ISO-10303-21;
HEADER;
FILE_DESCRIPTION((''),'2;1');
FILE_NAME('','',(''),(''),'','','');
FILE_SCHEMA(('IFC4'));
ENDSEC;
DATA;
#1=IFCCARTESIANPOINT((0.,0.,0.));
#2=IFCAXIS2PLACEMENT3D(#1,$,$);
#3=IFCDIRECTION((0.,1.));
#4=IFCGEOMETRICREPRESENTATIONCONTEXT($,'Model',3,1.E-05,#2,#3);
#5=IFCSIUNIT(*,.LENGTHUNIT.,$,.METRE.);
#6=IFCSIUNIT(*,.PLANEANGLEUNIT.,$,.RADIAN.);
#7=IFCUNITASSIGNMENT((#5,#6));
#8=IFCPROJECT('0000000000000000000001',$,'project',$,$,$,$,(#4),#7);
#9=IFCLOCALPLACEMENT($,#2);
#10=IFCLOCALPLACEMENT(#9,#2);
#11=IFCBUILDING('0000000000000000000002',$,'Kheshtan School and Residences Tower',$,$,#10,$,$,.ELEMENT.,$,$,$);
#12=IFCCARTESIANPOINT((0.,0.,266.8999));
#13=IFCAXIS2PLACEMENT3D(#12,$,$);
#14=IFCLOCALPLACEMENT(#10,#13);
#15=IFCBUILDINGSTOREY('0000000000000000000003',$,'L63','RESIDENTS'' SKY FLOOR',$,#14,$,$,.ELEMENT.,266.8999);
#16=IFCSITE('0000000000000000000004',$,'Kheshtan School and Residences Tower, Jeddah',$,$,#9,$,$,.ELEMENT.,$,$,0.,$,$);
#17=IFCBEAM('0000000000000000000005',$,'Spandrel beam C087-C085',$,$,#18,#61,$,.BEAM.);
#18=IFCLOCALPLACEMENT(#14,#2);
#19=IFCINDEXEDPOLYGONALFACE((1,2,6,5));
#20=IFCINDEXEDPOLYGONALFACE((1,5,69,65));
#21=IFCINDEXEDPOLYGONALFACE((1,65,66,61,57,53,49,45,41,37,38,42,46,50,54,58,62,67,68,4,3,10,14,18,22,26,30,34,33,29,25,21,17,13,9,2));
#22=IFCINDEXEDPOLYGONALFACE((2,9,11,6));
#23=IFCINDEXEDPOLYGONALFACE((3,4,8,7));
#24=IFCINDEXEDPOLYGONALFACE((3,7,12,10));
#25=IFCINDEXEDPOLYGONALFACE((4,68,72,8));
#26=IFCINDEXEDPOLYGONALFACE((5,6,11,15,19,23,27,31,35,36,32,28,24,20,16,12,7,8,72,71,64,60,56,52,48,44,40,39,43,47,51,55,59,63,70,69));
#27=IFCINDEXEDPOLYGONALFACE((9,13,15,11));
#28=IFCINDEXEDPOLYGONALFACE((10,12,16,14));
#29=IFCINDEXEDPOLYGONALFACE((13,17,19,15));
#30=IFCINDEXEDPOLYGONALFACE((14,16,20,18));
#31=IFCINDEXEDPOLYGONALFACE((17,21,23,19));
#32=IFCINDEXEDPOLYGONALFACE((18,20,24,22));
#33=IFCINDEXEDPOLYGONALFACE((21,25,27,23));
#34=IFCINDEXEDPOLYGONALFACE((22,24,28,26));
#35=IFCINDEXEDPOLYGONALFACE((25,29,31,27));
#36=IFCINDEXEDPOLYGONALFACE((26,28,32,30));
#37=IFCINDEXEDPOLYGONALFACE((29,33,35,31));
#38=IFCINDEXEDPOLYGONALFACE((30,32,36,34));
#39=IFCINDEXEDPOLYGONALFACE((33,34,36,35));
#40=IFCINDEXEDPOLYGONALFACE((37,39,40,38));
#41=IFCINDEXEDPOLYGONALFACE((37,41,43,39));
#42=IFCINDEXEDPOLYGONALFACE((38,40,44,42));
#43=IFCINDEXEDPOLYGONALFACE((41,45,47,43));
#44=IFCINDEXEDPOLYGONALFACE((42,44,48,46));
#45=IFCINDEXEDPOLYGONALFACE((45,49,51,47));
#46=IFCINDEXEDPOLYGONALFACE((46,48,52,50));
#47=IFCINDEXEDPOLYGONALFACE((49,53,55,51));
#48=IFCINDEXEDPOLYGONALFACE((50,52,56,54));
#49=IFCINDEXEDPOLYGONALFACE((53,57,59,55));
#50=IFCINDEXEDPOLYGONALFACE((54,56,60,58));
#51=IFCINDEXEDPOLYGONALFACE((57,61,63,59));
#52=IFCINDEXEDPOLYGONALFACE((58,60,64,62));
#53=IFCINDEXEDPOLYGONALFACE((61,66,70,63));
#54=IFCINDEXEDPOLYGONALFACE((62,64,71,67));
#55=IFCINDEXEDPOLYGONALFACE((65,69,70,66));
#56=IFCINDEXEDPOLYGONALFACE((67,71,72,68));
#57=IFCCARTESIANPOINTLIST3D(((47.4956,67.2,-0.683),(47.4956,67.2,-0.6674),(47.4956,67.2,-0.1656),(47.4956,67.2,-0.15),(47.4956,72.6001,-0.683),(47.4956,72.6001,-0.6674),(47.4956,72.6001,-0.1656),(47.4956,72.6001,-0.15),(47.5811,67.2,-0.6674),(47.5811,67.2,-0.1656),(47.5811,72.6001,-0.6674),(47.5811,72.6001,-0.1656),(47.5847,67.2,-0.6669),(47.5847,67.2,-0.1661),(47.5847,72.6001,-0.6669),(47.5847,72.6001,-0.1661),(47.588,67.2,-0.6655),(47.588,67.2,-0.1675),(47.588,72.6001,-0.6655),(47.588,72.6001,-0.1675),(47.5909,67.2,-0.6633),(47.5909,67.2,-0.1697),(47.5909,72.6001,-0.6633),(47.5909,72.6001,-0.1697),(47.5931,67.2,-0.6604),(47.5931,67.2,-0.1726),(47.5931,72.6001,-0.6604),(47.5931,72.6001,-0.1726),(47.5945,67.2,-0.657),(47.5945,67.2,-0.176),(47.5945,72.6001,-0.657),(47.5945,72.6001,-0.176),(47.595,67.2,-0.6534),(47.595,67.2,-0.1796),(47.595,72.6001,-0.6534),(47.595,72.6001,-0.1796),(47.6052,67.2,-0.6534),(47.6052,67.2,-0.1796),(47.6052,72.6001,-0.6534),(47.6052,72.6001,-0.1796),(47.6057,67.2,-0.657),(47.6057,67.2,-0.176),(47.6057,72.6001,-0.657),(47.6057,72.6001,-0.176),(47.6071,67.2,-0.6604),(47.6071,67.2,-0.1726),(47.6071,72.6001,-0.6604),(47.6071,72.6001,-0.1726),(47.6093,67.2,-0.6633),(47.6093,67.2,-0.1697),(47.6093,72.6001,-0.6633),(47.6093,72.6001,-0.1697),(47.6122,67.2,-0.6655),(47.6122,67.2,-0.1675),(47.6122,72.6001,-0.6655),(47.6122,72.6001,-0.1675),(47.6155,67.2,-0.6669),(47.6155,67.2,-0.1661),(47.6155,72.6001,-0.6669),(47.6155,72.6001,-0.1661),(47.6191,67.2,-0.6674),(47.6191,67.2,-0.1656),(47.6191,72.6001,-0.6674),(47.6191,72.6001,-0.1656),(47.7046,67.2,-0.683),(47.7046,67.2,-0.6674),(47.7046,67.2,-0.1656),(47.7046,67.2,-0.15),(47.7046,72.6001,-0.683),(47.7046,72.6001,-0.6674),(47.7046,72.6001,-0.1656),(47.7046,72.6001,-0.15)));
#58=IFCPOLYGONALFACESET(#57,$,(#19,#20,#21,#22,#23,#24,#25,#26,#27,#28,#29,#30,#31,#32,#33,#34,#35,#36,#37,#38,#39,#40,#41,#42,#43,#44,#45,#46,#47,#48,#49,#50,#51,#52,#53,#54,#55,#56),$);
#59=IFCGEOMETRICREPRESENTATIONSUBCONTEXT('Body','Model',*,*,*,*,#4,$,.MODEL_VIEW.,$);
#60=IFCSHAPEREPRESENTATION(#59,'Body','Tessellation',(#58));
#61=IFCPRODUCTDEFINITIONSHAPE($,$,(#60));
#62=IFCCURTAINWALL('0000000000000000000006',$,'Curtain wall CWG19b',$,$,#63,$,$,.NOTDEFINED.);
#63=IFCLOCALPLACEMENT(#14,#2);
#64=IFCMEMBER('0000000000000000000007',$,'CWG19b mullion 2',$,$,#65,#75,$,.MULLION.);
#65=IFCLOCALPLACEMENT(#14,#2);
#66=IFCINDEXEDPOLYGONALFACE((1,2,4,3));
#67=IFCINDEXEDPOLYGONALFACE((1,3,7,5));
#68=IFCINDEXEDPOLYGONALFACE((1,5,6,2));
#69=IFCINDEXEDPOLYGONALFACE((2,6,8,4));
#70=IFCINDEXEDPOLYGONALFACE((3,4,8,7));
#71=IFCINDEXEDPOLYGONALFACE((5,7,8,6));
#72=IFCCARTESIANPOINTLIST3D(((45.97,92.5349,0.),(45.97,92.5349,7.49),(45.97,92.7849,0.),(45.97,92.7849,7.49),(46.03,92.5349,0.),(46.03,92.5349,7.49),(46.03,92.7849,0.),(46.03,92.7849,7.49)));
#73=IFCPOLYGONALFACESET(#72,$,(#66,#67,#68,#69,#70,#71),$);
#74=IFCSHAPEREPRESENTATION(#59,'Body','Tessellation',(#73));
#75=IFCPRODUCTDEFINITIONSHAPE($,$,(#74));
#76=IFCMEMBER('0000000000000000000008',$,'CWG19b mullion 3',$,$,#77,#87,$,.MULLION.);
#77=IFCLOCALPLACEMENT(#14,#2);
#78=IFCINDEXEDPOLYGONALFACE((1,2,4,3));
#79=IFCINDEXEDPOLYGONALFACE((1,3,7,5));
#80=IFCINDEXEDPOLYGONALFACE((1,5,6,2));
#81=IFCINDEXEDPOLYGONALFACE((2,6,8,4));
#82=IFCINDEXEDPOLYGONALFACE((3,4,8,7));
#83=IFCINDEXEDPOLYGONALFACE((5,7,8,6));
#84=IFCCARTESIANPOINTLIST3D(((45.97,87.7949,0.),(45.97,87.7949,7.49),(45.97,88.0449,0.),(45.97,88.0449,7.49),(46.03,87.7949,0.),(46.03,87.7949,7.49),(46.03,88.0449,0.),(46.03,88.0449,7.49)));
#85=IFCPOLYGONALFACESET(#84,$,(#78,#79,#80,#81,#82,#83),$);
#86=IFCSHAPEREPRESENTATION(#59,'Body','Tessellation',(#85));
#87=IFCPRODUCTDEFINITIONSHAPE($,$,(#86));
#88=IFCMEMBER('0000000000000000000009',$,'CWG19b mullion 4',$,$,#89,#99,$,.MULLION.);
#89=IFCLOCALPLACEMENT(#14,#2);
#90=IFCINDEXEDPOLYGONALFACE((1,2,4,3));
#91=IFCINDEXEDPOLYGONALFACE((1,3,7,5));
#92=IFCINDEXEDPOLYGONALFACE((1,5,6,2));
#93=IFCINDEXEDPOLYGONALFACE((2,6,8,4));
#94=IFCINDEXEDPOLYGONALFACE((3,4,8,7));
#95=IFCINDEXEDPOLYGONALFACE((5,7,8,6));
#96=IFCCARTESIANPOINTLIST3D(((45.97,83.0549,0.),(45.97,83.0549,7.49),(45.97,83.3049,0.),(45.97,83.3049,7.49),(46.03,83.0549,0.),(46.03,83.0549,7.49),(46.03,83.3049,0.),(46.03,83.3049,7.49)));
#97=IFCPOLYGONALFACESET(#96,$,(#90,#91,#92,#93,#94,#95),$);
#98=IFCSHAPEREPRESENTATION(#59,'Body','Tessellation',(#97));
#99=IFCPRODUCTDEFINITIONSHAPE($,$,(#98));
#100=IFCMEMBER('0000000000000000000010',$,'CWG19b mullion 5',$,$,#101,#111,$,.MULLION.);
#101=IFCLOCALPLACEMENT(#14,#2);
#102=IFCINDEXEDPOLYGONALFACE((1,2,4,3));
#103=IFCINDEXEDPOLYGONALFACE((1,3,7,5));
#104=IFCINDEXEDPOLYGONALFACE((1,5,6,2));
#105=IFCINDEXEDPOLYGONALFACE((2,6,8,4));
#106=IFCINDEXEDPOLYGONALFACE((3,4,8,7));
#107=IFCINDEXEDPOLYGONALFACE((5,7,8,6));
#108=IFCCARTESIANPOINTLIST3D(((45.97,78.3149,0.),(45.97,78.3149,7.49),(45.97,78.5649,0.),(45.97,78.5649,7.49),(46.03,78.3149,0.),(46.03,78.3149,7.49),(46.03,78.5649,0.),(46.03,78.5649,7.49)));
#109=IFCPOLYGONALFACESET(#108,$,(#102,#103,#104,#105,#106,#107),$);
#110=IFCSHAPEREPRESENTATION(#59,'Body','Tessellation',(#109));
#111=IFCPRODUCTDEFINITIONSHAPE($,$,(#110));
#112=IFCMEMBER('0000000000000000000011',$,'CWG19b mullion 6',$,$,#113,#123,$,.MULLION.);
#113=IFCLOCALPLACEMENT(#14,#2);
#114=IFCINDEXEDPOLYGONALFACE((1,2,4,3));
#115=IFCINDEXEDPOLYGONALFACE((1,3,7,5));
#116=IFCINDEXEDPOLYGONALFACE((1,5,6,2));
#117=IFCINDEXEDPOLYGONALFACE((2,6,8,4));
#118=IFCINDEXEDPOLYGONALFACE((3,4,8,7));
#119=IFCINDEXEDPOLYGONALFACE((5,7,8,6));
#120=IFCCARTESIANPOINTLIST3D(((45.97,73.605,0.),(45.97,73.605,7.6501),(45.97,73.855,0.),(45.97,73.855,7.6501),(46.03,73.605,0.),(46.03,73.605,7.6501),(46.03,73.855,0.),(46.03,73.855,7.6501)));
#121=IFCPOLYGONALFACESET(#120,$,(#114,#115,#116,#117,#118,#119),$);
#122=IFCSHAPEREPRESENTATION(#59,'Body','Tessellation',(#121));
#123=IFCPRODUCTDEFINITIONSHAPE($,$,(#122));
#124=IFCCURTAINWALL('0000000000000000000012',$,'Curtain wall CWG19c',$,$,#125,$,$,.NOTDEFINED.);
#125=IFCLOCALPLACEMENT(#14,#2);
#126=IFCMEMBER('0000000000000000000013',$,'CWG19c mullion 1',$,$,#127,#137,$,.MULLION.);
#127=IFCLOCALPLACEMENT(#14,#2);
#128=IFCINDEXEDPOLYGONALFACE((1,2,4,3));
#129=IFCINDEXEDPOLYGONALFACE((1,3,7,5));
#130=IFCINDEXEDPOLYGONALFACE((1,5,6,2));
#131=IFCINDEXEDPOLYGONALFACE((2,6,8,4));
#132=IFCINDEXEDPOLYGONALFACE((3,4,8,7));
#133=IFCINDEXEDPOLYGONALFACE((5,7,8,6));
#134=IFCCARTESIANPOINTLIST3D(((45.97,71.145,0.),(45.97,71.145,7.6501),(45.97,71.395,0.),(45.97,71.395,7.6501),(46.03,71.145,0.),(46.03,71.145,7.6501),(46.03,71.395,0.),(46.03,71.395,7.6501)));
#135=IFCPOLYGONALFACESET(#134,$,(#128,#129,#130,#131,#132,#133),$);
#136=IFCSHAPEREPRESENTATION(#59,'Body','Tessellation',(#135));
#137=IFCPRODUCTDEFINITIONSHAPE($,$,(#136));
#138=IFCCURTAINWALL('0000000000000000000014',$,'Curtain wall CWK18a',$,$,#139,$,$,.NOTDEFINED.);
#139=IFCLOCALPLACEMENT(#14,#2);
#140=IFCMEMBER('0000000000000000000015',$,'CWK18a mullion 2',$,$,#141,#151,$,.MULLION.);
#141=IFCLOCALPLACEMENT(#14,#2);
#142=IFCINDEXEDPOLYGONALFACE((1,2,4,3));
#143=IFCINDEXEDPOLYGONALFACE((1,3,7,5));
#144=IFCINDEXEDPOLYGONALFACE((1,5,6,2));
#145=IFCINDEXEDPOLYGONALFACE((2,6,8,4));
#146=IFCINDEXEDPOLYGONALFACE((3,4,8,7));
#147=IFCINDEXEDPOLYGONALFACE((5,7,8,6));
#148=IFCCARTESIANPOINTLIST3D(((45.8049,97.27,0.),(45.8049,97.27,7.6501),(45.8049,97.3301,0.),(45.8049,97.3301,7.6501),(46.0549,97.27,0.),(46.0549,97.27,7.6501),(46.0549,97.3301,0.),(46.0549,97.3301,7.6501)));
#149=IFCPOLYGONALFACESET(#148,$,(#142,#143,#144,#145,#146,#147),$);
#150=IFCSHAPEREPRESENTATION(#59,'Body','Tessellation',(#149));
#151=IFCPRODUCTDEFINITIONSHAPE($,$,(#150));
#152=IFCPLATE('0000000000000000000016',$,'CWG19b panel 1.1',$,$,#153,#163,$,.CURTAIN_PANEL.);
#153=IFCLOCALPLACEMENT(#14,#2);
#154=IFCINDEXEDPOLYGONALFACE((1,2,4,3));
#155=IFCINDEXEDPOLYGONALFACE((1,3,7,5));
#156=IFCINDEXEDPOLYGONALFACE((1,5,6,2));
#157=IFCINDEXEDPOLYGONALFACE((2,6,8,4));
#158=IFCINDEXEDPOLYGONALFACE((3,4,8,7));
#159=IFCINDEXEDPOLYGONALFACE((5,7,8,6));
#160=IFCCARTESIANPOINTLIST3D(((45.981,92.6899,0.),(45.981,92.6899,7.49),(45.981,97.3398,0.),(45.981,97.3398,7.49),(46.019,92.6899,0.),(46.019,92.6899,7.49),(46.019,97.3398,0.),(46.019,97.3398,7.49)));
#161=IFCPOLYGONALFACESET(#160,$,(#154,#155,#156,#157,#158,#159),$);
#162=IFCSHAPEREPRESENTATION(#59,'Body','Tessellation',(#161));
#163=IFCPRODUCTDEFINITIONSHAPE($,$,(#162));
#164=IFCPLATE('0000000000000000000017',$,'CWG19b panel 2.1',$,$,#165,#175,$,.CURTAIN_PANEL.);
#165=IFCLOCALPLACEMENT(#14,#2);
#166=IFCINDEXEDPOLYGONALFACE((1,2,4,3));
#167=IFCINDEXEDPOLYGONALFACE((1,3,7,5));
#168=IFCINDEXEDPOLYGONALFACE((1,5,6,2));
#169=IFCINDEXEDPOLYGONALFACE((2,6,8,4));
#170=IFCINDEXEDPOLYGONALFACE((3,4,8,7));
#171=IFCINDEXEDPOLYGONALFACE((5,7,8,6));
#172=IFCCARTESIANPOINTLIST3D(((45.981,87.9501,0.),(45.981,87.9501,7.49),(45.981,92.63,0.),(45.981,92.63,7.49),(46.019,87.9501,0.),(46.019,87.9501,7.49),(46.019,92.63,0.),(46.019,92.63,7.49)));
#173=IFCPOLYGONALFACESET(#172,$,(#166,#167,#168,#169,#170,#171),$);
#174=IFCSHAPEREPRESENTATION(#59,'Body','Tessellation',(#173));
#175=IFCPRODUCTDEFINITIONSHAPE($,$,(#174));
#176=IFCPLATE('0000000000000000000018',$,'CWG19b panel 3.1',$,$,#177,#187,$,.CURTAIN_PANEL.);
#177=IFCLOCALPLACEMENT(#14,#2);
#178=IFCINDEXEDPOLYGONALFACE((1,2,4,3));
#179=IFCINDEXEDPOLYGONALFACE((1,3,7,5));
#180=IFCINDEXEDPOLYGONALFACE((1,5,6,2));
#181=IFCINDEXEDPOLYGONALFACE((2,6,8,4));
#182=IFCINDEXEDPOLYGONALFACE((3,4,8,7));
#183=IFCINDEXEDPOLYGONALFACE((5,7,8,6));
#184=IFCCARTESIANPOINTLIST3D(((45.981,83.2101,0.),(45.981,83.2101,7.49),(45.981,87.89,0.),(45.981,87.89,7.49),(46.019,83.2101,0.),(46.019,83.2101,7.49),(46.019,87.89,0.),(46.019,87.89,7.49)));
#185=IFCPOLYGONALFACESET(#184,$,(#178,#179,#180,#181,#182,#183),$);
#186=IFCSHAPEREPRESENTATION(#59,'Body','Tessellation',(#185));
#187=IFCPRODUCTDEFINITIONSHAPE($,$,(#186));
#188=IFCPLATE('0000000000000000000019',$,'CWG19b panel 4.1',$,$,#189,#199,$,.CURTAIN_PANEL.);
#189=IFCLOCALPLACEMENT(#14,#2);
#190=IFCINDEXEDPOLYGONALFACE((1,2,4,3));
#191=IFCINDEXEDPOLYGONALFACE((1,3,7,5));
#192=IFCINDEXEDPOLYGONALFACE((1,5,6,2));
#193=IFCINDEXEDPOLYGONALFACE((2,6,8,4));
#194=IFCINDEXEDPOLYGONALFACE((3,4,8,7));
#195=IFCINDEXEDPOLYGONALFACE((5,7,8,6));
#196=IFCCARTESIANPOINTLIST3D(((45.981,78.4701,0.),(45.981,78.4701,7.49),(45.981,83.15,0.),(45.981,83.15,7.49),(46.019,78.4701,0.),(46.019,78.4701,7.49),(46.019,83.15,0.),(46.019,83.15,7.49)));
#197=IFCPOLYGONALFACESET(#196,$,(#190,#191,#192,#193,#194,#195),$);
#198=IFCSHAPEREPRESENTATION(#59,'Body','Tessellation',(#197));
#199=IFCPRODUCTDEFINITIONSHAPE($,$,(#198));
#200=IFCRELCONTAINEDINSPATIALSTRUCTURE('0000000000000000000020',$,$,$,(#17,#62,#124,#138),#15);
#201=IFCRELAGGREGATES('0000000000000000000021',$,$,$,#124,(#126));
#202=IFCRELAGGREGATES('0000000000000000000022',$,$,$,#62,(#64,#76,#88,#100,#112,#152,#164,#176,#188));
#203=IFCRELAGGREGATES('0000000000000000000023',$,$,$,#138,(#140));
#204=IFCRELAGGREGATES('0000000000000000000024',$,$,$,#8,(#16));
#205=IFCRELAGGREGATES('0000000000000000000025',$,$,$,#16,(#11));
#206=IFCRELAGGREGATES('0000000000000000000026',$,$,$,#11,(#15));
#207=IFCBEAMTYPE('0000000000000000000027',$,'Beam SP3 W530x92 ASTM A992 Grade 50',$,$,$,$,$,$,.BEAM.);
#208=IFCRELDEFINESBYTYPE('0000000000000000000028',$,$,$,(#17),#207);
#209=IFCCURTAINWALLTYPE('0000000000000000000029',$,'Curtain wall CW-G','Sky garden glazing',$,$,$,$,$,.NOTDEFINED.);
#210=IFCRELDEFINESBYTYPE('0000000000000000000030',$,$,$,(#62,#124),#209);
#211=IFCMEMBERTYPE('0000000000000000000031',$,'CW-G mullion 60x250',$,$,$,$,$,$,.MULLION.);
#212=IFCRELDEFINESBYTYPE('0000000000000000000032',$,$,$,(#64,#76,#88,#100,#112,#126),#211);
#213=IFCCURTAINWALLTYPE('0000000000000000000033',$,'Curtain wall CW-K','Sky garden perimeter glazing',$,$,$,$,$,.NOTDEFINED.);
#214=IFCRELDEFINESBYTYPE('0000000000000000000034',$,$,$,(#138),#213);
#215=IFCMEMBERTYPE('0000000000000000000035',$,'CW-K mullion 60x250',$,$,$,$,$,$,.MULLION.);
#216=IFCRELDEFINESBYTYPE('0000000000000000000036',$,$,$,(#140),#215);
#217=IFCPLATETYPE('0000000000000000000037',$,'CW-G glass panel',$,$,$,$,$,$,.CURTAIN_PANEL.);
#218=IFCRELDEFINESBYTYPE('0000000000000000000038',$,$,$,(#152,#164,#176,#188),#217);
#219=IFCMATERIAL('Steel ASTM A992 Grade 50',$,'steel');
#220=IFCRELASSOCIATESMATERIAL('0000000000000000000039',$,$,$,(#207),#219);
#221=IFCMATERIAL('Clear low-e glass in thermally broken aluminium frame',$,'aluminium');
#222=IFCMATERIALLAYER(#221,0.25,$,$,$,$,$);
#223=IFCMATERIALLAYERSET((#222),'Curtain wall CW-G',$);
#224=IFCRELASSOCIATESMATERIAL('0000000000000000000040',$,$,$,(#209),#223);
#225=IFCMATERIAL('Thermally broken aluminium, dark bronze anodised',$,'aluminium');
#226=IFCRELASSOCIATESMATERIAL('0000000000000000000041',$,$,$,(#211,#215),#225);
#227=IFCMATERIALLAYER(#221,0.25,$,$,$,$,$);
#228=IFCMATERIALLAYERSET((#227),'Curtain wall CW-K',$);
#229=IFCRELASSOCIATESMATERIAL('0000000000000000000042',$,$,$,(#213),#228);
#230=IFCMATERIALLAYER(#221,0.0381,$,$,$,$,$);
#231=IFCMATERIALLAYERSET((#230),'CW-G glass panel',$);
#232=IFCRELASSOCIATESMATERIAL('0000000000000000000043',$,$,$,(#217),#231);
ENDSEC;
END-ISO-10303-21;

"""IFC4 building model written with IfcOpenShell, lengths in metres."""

from ifc_helpers import new_model, si_unit, direction, frame, origin, origin_2d, place, context, subcontext, project, spatial, rectangle, i_section, extrude, material, layer, layer_set, material_profile, profile_set, type_object, element, aggregate, save


model = new_model("IFC4")

# Units and contexts
model_context = context("Model", 3, precision=1e-05, world=origin(), true_north=direction((0.0, 1.0)))
body_context = subcontext(model_context, "Body", "Model", "MODEL_VIEW")
ifc_project = project(units=[si_unit("LENGTHUNIT", "METRE"), si_unit("PLANEANGLEUNIT", "RADIAN")], contexts=[model_context])

# Site, building, storey
site_placement = place(None, origin())
site = spatial("IfcSite", under=ifc_project, at=site_placement, Name="Kheshtan School and Residences Tower, Jeddah", CompositionType="ELEMENT", RefElevation=0.0)
building_placement = place(site_placement, origin())
building = spatial("IfcBuilding", under=site, at=building_placement, Name="Kheshtan School and Residences Tower", CompositionType="ELEMENT")
storey_placement = place(building_placement, frame((0.0, 0.0, 266.8999)))
storey = spatial("IfcBuildingStorey", under=building, at=storey_placement, Name="L63", Description="RESIDENTS' SKY FLOOR", CompositionType="ELEMENT", Elevation=266.8999)

# Shared definitions
ifc_material_1 = material(Name="Steel ASTM A992 Grade 50", Category="steel")

# Beam
ifc_material_profile_1 = material_profile(ifc_material_1, i_section(OverallWidth=0.209, OverallDepth=0.533, WebThickness=0.0103, FlangeThickness=0.0156, FilletRadius=0.0139, at=origin_2d()), Name="W530x92")
ifc_profile_set_1 = profile_set([ifc_material_profile_1], Name="Steel ASTM A992 Grade 50")
beam_type_1 = type_object("IfcBeamType", Name="Beam SP3 W530x92 ASTM A992 Grade 50", PredefinedType="BEAM", material=ifc_profile_set_1)
beam_1_placement = place(storey_placement, frame((47.6001, 72.6001, -0.4165), z_axis=(0.0, -1.0, 0.0), x_axis=(1.0, 0.0, 0.0)))
element("IfcBeam", 1, at=beam_1_placement, inside=storey, type_object=beam_type_1, Name="Spandrel beam C087-C085", PredefinedType="BEAM", context=body_context, shape_type="SweptSolid", body=[
    extrude(i_section(OverallWidth=0.209, OverallDepth=0.533, WebThickness=0.0103, FlangeThickness=0.0156, FilletRadius=0.0139, at=origin_2d()), origin(), (0.0, 0.0, 1.0), 5.4001),
])

# Curtain wall, members
ifc_material_2 = material(Name="Clear low-e glass in thermally broken aluminium frame", Category="aluminium")
ifc_layer_1 = layer(ifc_material_2, 0.25)
ifc_layer_set_1 = layer_set([ifc_layer_1], Name="Curtain wall CW-G")
curtain_wall_type_1 = type_object("IfcCurtainWallType", Name="Curtain wall CW-G", Description="Sky garden glazing", PredefinedType="NOTDEFINED", material=ifc_layer_set_1)
curtain_wall_1_placement = place(storey_placement, origin())
curtain_wall_1 = element("IfcCurtainWall", 2, at=curtain_wall_1_placement, inside=storey, type_object=curtain_wall_type_1, Name="Curtain wall CWG19b", PredefinedType="NOTDEFINED")
ifc_material_3 = material(Name="Thermally broken aluminium, dark bronze anodised", Category="aluminium")
ifc_material_profile_2 = material_profile(ifc_material_3, rectangle(XDim=0.0601, YDim=0.25, at=origin_2d()), Name="CW-G mullion 60x250")
ifc_profile_set_2 = profile_set([ifc_material_profile_2], Name="Thermally broken aluminium, dark bronze anodised")
member_type_1 = type_object("IfcMemberType", Name="CW-G mullion 60x250", PredefinedType="MULLION", material=ifc_profile_set_2)
member_1_placement = place(storey_placement, frame((46.0, 92.6599, 0.0), z_axis=(0.0, 0.0, 1.0), x_axis=(1.0, 0.0, 0.0)))
member_1 = element("IfcMember", 3, at=member_1_placement, type_object=member_type_1, Name="CWG19b mullion 2", PredefinedType="MULLION", context=body_context, shape_type="SweptSolid", body=[
    extrude(rectangle(XDim=0.0601, YDim=0.25, at=origin_2d()), origin(), (0.0, 0.0, 1.0), 7.49),
])
member_2_placement = place(storey_placement, frame((46.0, 87.9199, 0.0), z_axis=(0.0, 0.0, 1.0), x_axis=(1.0, 0.0, 0.0)))
member_2 = element("IfcMember", 4, at=member_2_placement, type_object=member_type_1, Name="CWG19b mullion 3", PredefinedType="MULLION", context=body_context, shape_type="SweptSolid", body=[
    extrude(rectangle(XDim=0.0601, YDim=0.25, at=origin_2d()), origin(), (0.0, 0.0, 1.0), 7.49),
])
member_3_placement = place(storey_placement, frame((46.0, 83.1799, 0.0), z_axis=(0.0, 0.0, 1.0), x_axis=(1.0, 0.0, 0.0)))
member_3 = element("IfcMember", 5, at=member_3_placement, type_object=member_type_1, Name="CWG19b mullion 4", PredefinedType="MULLION", context=body_context, shape_type="SweptSolid", body=[
    extrude(rectangle(XDim=0.0601, YDim=0.25, at=origin_2d()), origin(), (0.0, 0.0, 1.0), 7.49),
])
member_4_placement = place(storey_placement, frame((46.0, 78.4399, 0.0), z_axis=(0.0, 0.0, 1.0), x_axis=(1.0, 0.0, 0.0)))
member_4 = element("IfcMember", 6, at=member_4_placement, type_object=member_type_1, Name="CWG19b mullion 5", PredefinedType="MULLION", context=body_context, shape_type="SweptSolid", body=[
    extrude(rectangle(XDim=0.0601, YDim=0.25, at=origin_2d()), origin(), (0.0, 0.0, 1.0), 7.49),
])
member_5_placement = place(storey_placement, frame((46.0, 73.73, 0.0), z_axis=(0.0, 0.0, 1.0), x_axis=(1.0, 0.0, 0.0)))
member_5 = element("IfcMember", 7, at=member_5_placement, type_object=member_type_1, Name="CWG19b mullion 6", PredefinedType="MULLION", context=body_context, shape_type="SweptSolid", body=[
    extrude(rectangle(XDim=0.0601, YDim=0.25, at=origin_2d()), origin(), (0.0, 0.0, 1.0), 7.6501),
])

# Curtain walls, members
curtain_wall_2_placement = place(storey_placement, origin())
curtain_wall_2 = element("IfcCurtainWall", 8, at=curtain_wall_2_placement, inside=storey, type_object=curtain_wall_type_1, Name="Curtain wall CWG19c", PredefinedType="NOTDEFINED")
member_6_placement = place(storey_placement, frame((46.0, 71.27, 0.0), z_axis=(0.0, 0.0, 1.0), x_axis=(1.0, 0.0, 0.0)))
member_6 = element("IfcMember", 9, at=member_6_placement, type_object=member_type_1, Name="CWG19c mullion 1", PredefinedType="MULLION", context=body_context, shape_type="SweptSolid", body=[
    extrude(rectangle(XDim=0.0601, YDim=0.25, at=origin_2d()), origin(), (0.0, 0.0, 1.0), 7.6501),
])
aggregate(curtain_wall_2, [member_6])
ifc_layer_2 = layer(ifc_material_2, 0.25)
ifc_layer_set_2 = layer_set([ifc_layer_2], Name="Curtain wall CW-K")
curtain_wall_type_2 = type_object("IfcCurtainWallType", Name="Curtain wall CW-K", Description="Sky garden perimeter glazing", PredefinedType="NOTDEFINED", material=ifc_layer_set_2)
curtain_wall_3_placement = place(storey_placement, origin())
curtain_wall_3 = element("IfcCurtainWall", 10, at=curtain_wall_3_placement, inside=storey, type_object=curtain_wall_type_2, Name="Curtain wall CWK18a", PredefinedType="NOTDEFINED")
ifc_material_profile_3 = material_profile(ifc_material_3, rectangle(XDim=0.0601, YDim=0.25, at=origin_2d()), Name="CW-K mullion 60x250")
ifc_profile_set_3 = profile_set([ifc_material_profile_3], Name="Thermally broken aluminium, dark bronze anodised")
member_type_2 = type_object("IfcMemberType", Name="CW-K mullion 60x250", PredefinedType="MULLION", material=ifc_profile_set_3)
member_7_placement = place(storey_placement, frame((45.9299, 97.3, 0.0), z_axis=(0.0, 0.0, 1.0), x_axis=(0.0, -1.0, 0.0)))
member_7 = element("IfcMember", 11, at=member_7_placement, type_object=member_type_2, Name="CWK18a mullion 2", PredefinedType="MULLION", context=body_context, shape_type="SweptSolid", body=[
    extrude(rectangle(XDim=0.0601, YDim=0.25, at=origin_2d()), origin(), (0.0, 0.0, 1.0), 7.6501),
])

# Plates
ifc_layer_3 = layer(ifc_material_2, 0.0381)
ifc_layer_set_3 = layer_set([ifc_layer_3], Name="CW-G glass panel")
plate_type_1 = type_object("IfcPlateType", Name="CW-G glass panel", PredefinedType="CURTAIN_PANEL", material=ifc_layer_set_3)
plate_1_placement = place(storey_placement, frame((46.0, 95.0149, 0.0), z_axis=(0.0, 0.0, 1.0), x_axis=(0.0, -1.0, 0.0)))
plate_1 = element("IfcPlate", 12, at=plate_1_placement, type_object=plate_type_1, Name="CWG19b panel 1.1", PredefinedType="CURTAIN_PANEL", context=body_context, shape_type="SweptSolid", body=[
    extrude(rectangle(XDim=4.6499, YDim=0.0381, at=origin_2d()), origin(), (0.0, 0.0, 1.0), 7.49),
])
plate_2_placement = place(storey_placement, frame((46.0, 90.29, 0.0), z_axis=(0.0, 0.0, 1.0), x_axis=(0.0, -1.0, 0.0)))
plate_2 = element("IfcPlate", 13, at=plate_2_placement, type_object=plate_type_1, Name="CWG19b panel 2.1", PredefinedType="CURTAIN_PANEL", context=body_context, shape_type="SweptSolid", body=[
    extrude(rectangle(XDim=4.6799, YDim=0.0381, at=origin_2d()), origin(), (0.0, 0.0, 1.0), 7.49),
])
plate_3_placement = place(storey_placement, frame((46.0, 85.55, 0.0), z_axis=(0.0, 0.0, 1.0), x_axis=(0.0, -1.0, 0.0)))
plate_3 = element("IfcPlate", 14, at=plate_3_placement, type_object=plate_type_1, Name="CWG19b panel 3.1", PredefinedType="CURTAIN_PANEL", context=body_context, shape_type="SweptSolid", body=[
    extrude(rectangle(XDim=4.6799, YDim=0.0381, at=origin_2d()), origin(), (0.0, 0.0, 1.0), 7.49),
])
plate_4_placement = place(storey_placement, frame((46.0, 80.8101, 0.0), z_axis=(0.0, 0.0, 1.0), x_axis=(0.0, -1.0, 0.0)))
plate_4 = element("IfcPlate", 15, at=plate_4_placement, type_object=plate_type_1, Name="CWG19b panel 4.1", PredefinedType="CURTAIN_PANEL", context=body_context, shape_type="SweptSolid", body=[
    extrude(rectangle(XDim=4.6799, YDim=0.0381, at=origin_2d()), origin(), (0.0, 0.0, 1.0), 7.49),
])
aggregate(curtain_wall_1, [member_1, member_2, member_3, member_4, member_5, plate_1, plate_2, plate_3, plate_4])
aggregate(curtain_wall_3, [member_7])

save(model, "model.ifc")
